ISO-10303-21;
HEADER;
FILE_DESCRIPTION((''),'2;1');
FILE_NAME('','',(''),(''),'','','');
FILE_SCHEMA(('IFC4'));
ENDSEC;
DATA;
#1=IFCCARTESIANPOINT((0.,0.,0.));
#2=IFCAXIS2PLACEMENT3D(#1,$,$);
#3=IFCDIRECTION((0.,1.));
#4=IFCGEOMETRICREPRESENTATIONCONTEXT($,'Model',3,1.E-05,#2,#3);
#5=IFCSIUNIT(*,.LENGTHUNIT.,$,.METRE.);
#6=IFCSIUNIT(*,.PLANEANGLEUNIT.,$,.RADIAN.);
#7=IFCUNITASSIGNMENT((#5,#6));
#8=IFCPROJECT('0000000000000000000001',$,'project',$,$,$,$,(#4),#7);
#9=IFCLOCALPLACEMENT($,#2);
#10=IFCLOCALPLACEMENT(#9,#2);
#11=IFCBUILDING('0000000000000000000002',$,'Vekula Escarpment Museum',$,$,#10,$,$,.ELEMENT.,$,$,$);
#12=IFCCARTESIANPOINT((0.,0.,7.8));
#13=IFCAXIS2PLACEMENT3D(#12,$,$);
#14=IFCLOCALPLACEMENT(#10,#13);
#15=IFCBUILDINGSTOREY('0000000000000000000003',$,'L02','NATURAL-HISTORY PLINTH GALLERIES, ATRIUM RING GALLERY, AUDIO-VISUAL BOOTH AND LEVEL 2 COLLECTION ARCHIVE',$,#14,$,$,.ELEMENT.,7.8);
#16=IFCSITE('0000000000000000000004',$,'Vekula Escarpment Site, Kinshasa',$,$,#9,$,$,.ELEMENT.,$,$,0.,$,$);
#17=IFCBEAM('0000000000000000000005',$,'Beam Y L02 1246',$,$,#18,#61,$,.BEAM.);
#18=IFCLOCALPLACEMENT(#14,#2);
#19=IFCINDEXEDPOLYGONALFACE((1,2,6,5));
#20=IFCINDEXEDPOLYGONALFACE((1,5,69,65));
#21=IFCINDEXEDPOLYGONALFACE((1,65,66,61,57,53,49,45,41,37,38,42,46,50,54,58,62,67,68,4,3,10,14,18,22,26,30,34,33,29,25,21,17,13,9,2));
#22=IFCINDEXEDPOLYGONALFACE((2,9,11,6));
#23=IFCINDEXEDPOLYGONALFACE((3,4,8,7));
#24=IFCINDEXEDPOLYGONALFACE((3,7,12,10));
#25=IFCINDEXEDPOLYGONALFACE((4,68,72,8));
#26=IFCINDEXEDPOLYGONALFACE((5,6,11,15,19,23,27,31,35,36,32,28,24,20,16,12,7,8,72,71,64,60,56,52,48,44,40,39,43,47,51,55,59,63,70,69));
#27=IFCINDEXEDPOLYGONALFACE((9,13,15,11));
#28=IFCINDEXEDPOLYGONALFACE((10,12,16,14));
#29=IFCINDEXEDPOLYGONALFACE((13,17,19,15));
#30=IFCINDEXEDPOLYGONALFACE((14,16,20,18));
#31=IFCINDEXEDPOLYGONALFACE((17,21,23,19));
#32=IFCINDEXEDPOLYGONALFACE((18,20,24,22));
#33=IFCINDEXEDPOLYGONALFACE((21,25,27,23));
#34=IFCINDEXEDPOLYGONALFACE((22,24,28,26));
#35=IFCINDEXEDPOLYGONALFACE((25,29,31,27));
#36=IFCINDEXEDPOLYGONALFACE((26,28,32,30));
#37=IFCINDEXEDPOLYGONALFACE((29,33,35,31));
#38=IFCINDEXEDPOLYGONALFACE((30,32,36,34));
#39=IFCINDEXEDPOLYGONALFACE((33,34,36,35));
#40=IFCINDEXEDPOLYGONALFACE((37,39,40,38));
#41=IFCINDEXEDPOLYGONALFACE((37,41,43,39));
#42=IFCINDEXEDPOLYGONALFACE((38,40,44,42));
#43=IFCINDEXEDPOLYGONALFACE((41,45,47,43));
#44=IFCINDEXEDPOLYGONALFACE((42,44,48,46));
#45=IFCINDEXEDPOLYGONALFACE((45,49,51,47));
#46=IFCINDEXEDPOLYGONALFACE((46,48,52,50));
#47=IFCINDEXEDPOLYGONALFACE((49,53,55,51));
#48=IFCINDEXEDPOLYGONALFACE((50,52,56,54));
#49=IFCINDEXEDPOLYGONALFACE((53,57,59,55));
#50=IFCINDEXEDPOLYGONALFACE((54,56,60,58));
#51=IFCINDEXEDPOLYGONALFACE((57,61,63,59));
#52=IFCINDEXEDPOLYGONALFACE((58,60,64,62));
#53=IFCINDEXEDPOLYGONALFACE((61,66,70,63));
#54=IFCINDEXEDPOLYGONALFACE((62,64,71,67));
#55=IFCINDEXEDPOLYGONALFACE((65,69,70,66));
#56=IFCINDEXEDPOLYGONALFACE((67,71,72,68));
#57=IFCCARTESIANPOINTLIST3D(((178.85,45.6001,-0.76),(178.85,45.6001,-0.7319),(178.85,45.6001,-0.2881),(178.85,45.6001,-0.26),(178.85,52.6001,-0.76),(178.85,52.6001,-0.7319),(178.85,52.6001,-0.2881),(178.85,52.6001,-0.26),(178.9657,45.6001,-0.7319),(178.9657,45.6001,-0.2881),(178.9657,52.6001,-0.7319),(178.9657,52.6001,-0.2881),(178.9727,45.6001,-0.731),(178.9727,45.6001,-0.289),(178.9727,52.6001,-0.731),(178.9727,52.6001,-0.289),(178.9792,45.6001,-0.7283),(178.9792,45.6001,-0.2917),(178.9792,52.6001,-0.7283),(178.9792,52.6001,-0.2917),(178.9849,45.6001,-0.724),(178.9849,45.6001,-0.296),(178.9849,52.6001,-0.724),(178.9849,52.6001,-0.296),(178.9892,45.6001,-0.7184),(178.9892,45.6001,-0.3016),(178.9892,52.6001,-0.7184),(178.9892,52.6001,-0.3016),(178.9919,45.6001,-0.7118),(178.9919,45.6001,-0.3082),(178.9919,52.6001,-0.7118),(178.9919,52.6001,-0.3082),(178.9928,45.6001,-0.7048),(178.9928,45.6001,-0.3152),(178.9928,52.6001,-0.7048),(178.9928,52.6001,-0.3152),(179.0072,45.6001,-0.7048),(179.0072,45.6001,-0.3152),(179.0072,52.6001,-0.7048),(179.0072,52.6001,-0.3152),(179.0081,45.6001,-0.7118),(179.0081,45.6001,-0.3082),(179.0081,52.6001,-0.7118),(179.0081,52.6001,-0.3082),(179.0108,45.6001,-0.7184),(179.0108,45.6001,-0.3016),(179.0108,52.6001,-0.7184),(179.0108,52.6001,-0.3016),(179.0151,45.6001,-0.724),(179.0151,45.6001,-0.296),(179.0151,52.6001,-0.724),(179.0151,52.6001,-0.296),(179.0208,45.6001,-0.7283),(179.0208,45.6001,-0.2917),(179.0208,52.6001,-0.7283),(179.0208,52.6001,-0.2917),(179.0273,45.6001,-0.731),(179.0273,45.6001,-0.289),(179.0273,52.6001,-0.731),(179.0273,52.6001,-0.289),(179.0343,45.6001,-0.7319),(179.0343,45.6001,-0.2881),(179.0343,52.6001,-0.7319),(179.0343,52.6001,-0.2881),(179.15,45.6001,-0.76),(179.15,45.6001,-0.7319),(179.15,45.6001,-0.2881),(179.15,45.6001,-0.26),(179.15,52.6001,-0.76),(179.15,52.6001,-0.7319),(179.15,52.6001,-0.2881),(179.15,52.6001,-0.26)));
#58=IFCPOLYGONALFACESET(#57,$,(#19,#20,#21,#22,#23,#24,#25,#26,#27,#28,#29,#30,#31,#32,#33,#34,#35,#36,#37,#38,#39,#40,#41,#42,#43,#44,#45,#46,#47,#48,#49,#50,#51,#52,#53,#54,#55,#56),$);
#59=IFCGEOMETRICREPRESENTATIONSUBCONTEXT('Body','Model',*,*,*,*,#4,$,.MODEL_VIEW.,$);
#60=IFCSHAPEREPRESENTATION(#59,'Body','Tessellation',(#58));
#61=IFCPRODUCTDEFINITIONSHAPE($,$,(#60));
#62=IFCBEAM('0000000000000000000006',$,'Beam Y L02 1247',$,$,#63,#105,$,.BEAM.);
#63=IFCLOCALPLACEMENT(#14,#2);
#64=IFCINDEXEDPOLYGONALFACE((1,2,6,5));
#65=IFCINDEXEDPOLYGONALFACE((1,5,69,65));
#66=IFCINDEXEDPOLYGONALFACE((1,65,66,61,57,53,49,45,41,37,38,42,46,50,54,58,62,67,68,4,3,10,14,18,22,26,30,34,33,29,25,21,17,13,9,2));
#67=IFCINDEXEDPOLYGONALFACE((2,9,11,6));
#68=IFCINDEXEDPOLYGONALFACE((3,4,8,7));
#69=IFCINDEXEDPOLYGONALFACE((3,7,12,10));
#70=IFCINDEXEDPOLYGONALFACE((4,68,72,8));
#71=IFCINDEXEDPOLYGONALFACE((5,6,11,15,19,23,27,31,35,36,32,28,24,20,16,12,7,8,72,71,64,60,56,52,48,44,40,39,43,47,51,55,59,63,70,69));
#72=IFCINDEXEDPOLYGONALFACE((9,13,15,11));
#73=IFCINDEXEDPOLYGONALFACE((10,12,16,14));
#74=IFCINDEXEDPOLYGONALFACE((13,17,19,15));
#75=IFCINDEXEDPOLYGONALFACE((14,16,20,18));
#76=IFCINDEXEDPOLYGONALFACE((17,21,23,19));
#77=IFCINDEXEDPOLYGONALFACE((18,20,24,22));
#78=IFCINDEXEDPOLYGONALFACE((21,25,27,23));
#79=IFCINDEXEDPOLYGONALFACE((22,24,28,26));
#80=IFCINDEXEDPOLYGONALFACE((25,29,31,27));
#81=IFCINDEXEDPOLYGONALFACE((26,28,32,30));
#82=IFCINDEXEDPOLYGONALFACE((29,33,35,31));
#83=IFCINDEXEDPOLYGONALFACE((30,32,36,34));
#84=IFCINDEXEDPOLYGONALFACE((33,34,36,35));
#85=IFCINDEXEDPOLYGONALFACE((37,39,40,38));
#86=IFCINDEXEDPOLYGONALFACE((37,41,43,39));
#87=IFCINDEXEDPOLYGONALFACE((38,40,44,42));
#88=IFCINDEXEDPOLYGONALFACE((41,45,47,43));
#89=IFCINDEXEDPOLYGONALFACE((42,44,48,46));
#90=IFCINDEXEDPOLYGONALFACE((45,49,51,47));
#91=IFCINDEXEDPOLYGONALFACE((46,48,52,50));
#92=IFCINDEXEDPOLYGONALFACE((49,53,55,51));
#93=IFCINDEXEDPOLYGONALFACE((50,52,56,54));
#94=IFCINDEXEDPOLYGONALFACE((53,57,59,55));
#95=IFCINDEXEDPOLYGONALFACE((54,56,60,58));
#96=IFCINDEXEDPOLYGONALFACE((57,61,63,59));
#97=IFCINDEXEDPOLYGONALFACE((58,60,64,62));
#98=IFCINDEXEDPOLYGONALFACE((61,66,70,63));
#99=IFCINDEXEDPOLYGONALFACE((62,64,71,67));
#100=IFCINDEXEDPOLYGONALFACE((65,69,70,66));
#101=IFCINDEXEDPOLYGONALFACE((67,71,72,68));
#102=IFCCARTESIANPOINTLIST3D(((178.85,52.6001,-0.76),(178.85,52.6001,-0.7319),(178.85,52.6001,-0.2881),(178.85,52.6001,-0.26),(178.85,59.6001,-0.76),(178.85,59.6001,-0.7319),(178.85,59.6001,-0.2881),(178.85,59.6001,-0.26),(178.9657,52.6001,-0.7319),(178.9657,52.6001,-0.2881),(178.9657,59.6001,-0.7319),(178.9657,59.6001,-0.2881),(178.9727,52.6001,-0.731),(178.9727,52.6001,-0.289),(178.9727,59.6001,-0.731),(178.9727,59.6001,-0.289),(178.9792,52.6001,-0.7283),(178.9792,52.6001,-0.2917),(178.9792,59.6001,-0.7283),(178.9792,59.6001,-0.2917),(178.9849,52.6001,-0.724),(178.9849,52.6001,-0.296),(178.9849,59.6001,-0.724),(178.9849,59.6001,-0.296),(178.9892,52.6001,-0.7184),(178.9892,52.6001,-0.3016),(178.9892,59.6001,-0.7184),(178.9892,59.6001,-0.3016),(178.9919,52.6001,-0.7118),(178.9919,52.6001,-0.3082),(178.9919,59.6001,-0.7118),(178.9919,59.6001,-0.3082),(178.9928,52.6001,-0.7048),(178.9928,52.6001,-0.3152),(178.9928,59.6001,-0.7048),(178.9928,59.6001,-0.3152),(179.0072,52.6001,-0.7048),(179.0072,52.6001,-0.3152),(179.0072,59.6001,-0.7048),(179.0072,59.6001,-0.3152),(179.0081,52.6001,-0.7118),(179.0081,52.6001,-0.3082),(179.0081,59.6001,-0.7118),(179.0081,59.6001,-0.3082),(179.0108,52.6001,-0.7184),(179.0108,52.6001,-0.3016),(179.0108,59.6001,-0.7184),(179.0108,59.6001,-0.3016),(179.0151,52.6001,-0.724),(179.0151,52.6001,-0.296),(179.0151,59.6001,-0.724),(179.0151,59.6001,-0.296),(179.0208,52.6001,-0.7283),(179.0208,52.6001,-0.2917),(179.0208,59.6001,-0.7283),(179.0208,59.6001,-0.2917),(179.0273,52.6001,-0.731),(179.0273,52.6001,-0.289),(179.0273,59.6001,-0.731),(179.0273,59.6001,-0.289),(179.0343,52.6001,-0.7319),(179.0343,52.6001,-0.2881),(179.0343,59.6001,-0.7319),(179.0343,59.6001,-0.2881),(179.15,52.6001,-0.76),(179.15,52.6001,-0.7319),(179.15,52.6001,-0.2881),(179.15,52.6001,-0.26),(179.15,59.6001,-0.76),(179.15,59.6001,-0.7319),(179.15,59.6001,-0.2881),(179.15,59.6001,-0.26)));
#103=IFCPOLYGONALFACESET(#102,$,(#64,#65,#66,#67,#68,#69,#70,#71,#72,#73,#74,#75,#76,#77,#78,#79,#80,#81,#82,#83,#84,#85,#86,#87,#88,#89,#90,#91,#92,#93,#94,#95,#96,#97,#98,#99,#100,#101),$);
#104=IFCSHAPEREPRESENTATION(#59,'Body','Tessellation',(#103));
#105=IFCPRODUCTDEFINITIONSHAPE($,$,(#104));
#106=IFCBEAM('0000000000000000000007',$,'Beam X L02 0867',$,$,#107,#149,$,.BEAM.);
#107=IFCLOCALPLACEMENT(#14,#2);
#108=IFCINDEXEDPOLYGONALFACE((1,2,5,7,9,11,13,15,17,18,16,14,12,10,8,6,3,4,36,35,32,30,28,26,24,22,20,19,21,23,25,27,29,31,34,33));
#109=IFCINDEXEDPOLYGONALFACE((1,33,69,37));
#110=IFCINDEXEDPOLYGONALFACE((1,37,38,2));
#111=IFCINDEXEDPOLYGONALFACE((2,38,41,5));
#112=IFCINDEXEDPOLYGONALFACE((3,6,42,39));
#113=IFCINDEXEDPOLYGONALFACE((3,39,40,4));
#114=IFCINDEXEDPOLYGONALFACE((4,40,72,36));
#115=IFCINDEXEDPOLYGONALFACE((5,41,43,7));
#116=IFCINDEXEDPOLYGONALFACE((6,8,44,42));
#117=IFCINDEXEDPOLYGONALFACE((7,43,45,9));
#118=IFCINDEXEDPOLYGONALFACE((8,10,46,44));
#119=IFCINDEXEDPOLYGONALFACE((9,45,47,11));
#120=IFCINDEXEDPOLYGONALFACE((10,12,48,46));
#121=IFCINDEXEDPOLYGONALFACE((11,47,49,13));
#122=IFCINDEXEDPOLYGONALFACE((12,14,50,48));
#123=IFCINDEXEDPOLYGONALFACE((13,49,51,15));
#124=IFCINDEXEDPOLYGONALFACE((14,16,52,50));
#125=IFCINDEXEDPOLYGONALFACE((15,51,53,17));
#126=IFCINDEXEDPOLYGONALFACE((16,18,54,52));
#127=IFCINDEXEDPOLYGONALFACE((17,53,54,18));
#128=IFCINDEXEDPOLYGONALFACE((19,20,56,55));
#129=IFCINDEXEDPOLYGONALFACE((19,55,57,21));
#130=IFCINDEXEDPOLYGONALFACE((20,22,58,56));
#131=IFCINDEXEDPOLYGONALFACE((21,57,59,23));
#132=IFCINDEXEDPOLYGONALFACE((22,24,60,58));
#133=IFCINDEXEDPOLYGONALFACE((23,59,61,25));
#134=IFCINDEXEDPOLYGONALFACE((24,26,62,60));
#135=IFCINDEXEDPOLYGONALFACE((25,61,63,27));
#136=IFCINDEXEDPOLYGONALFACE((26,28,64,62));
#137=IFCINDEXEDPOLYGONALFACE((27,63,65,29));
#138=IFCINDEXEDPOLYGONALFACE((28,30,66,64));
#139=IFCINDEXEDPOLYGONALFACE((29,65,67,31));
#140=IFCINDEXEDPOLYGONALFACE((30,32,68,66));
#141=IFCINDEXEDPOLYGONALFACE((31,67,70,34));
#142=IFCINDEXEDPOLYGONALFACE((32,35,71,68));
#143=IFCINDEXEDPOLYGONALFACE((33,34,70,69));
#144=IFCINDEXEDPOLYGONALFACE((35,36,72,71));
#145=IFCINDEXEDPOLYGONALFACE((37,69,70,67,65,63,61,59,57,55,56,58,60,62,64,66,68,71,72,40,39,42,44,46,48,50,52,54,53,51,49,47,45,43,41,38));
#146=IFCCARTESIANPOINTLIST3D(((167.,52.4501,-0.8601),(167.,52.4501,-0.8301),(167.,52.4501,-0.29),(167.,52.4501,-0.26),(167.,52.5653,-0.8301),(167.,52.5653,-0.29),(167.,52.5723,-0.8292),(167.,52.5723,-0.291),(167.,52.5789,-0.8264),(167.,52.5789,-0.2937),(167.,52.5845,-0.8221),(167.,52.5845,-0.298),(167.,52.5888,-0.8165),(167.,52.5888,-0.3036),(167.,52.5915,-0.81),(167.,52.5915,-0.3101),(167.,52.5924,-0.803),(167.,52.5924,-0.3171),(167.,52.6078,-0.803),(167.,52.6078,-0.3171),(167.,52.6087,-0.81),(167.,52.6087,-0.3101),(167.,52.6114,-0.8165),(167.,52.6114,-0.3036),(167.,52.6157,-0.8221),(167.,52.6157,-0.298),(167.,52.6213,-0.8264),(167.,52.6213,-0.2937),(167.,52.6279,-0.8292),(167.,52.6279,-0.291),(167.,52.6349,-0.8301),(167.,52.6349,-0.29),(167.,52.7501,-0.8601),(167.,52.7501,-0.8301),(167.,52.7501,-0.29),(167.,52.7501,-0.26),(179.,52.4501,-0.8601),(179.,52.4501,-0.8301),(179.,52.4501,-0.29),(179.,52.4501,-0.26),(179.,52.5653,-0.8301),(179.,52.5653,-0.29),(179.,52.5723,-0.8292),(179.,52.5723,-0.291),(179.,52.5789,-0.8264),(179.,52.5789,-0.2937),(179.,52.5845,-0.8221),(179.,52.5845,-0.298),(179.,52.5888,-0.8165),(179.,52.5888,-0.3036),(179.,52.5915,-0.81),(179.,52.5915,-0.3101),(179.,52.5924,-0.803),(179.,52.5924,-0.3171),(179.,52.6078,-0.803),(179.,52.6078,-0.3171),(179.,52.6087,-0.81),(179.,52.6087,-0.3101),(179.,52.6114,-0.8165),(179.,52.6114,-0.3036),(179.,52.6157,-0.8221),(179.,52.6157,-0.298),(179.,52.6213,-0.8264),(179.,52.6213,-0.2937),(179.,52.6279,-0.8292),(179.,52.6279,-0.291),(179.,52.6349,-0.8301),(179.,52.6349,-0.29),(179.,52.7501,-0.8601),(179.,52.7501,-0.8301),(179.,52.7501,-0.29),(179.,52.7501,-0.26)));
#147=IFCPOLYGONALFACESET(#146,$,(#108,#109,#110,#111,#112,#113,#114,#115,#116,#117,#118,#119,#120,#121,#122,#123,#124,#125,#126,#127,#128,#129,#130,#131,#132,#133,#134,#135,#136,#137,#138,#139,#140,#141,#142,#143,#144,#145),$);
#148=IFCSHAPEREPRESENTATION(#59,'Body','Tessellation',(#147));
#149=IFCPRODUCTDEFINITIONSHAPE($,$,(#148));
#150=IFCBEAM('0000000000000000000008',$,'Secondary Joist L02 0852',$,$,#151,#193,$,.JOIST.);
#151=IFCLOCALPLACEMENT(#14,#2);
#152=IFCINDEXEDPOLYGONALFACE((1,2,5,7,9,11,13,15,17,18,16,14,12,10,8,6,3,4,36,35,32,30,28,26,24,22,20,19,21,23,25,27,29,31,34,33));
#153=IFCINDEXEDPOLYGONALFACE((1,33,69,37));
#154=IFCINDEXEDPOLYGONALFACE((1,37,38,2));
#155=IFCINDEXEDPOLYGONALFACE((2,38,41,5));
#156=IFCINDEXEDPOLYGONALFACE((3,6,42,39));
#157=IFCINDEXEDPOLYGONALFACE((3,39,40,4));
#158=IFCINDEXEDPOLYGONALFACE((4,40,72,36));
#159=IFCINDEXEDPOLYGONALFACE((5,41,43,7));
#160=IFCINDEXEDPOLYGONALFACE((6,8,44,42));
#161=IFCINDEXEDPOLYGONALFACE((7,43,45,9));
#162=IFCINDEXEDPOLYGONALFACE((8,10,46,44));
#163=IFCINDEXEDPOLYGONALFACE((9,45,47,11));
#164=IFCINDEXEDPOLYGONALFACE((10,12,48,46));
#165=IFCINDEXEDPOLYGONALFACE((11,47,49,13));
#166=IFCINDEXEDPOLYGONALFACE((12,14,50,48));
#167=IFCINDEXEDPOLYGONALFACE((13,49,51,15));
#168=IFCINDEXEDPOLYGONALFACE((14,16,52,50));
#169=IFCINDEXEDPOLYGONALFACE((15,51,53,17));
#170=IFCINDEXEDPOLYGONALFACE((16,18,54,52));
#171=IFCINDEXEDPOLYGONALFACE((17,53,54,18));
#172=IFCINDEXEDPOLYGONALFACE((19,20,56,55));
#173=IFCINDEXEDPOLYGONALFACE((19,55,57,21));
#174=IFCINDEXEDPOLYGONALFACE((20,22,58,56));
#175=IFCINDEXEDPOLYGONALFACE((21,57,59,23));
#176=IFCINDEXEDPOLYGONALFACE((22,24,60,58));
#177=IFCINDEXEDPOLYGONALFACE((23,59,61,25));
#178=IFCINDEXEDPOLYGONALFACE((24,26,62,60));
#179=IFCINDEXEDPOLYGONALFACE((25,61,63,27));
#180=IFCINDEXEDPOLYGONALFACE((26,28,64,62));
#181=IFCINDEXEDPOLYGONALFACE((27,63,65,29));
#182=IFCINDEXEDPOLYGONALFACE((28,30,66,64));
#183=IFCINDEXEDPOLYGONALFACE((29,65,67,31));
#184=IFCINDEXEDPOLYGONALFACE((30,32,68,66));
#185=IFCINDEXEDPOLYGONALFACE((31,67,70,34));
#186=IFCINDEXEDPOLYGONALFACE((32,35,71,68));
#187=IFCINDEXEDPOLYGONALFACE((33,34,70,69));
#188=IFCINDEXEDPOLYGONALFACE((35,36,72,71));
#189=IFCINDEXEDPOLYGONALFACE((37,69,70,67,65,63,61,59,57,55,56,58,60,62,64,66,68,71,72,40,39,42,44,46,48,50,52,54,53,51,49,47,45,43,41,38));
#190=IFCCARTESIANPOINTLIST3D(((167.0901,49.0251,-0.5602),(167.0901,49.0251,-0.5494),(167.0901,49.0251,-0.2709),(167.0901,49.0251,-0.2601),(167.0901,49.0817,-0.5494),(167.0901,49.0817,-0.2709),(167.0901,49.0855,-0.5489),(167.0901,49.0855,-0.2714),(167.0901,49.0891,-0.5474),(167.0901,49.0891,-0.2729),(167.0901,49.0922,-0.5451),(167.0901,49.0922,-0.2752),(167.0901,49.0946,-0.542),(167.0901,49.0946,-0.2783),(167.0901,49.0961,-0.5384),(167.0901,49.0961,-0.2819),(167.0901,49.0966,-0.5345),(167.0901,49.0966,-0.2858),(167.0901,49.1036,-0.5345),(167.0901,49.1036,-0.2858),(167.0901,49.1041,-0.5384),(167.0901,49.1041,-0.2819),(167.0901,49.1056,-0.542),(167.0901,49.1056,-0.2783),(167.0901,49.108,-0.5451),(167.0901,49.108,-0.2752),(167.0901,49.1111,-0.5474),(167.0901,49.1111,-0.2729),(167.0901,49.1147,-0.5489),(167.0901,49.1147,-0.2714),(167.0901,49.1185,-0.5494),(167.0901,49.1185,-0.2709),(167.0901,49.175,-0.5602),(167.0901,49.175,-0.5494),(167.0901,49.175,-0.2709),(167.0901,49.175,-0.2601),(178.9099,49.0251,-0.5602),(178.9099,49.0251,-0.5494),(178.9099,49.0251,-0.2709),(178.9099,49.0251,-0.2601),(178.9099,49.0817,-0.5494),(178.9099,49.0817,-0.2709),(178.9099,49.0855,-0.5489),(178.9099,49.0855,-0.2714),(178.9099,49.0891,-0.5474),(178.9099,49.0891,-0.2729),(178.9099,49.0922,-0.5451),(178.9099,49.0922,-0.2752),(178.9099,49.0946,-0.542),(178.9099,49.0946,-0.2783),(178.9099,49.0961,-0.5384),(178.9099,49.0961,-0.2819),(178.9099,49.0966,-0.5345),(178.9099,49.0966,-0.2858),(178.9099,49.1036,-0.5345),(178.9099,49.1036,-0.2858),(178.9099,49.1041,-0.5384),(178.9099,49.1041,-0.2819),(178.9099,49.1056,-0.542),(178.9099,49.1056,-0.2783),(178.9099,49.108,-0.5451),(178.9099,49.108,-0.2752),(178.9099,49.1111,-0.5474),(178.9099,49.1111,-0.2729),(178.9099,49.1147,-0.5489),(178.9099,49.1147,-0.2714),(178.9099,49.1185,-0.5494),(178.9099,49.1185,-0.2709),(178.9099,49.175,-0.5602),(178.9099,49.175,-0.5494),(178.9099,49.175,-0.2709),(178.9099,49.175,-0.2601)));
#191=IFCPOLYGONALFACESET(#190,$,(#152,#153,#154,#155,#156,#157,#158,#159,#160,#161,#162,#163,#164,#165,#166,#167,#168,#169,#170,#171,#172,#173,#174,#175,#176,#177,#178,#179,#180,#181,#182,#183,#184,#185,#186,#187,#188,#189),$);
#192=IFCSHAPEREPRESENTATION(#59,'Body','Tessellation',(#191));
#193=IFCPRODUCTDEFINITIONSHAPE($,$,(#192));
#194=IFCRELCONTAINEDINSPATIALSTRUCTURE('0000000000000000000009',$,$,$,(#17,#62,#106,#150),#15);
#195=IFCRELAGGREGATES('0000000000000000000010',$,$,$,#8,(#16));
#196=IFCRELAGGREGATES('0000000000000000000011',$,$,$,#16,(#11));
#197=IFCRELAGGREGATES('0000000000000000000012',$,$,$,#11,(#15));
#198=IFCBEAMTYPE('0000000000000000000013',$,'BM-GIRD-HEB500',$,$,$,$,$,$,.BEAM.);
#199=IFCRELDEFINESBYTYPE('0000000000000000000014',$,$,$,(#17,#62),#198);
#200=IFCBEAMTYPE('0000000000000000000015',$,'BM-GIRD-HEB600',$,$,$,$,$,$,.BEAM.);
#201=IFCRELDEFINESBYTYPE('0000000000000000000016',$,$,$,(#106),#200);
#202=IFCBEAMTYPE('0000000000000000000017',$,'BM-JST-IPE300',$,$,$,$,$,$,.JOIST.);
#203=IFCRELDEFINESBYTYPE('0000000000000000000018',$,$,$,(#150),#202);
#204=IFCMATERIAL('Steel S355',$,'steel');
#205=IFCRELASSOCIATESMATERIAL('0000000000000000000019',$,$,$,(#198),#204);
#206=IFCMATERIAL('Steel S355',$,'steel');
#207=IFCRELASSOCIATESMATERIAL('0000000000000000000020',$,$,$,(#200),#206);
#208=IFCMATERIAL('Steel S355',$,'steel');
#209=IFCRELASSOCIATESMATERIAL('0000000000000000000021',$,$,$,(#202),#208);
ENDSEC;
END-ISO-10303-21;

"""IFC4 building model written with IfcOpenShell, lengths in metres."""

from ifc_helpers import new_model, si_unit, direction, frame, origin, origin_2d, place, context, subcontext, project, spatial, i_section, extrude, material, material_profile, profile_set, type_object, element, save


model = new_model("IFC4")

# Units and contexts
model_context = context("Model", 3, precision=1e-05, world=origin(), true_north=direction((0.0, 1.0)))
body_context = subcontext(model_context, "Body", "Model", "MODEL_VIEW")
ifc_project = project(units=[si_unit("LENGTHUNIT", "METRE"), si_unit("PLANEANGLEUNIT", "RADIAN")], contexts=[model_context])

# Site, building, storey
site_placement = place(None, origin())
site = spatial("IfcSite", under=ifc_project, at=site_placement, Name="Vekula Escarpment Site, Kinshasa", CompositionType="ELEMENT", RefElevation=0.0)
building_placement = place(site_placement, origin())
building = spatial("IfcBuilding", under=site, at=building_placement, Name="Vekula Escarpment Museum", CompositionType="ELEMENT")
storey_placement = place(building_placement, frame((0.0, 0.0, 7.8)))
storey = spatial("IfcBuildingStorey", under=building, at=storey_placement, Name="L02", Description="NATURAL-HISTORY PLINTH GALLERIES, ATRIUM RING GALLERY, AUDIO-VISUAL BOOTH AND LEVEL 2 COLLECTION ARCHIVE", CompositionType="ELEMENT", Elevation=7.8)

# Beams
ifc_material_1 = material(Name="Steel S355", Category="steel")
ifc_material_profile_1 = material_profile(ifc_material_1, i_section(OverallWidth=0.3, OverallDepth=0.5, WebThickness=0.0144, FlangeThickness=0.0281, FilletRadius=0.0271, at=origin_2d()), Name="HEB 500")
ifc_profile_set_1 = profile_set([ifc_material_profile_1], Name="Steel S355")
beam_type_1 = type_object("IfcBeamType", Name="BM-GIRD-HEB500", PredefinedType="BEAM", material=ifc_profile_set_1)
for number, where, z_axis, x_axis, name in (
    (1, (179.0, 45.6001, -0.51), (0.0, 1.0, 0.0), (-1.0, 0.0, 0.0), "Beam Y L02 1246"),
    (2, (179.0, 52.6001, -0.51), (0.0, 1.0, 0.0), (-1.0, 0.0, 0.0), "Beam Y L02 1247"),
):
    element("IfcBeam", number, at=place(storey_placement, frame(where, z_axis=z_axis, x_axis=x_axis)), inside=storey, type_object=beam_type_1, Name=name, PredefinedType="BEAM", context=body_context, shape_type="SweptSolid", body=[
        extrude(i_section(OverallWidth=0.3, OverallDepth=0.5, WebThickness=0.0144, FlangeThickness=0.0281, FilletRadius=0.0271, at=origin_2d()), origin(), (0.0, 0.0, 1.0), 7.0),
    ])
ifc_material_2 = material(Name="Steel S355", Category="steel")
ifc_material_profile_2 = material_profile(ifc_material_2, i_section(OverallWidth=0.3, OverallDepth=0.6001, WebThickness=0.0154, FlangeThickness=0.03, FilletRadius=0.0271, at=origin_2d()), Name="HEB 600")
ifc_profile_set_2 = profile_set([ifc_material_profile_2], Name="Steel S355")
beam_type_2 = type_object("IfcBeamType", Name="BM-GIRD-HEB600", PredefinedType="BEAM", material=ifc_profile_set_2)
beam_1_placement = place(storey_placement, frame((167.0, 52.6001, -0.5601), z_axis=(1.0, 0.0, 0.0), x_axis=(0.0, 1.0, 0.0)))
element("IfcBeam", 3, at=beam_1_placement, inside=storey, type_object=beam_type_2, Name="Beam X L02 0867", PredefinedType="BEAM", context=body_context, shape_type="SweptSolid", body=[
    extrude(i_section(OverallWidth=0.3, OverallDepth=0.6001, WebThickness=0.0154, FlangeThickness=0.03, FilletRadius=0.0271, at=origin_2d()), origin(), (0.0, 0.0, 1.0), 12.0),
])
ifc_material_3 = material(Name="Steel S355", Category="steel")
ifc_material_profile_3 = material_profile(ifc_material_3, i_section(OverallWidth=0.1499, OverallDepth=0.3, WebThickness=0.0071, FlangeThickness=0.0107, FilletRadius=0.0149, at=origin_2d()), Name="IPE 300")
ifc_profile_set_3 = profile_set([ifc_material_profile_3], Name="Steel S355")
beam_type_3 = type_object("IfcBeamType", Name="BM-JST-IPE300", PredefinedType="JOIST", material=ifc_profile_set_3)
beam_2_placement = place(storey_placement, frame((167.0901, 49.1001, -0.4102), z_axis=(1.0, 0.0, 0.0), x_axis=(0.0, 1.0, 0.0)))
element("IfcBeam", 4, at=beam_2_placement, inside=storey, type_object=beam_type_3, Name="Secondary Joist L02 0852", PredefinedType="JOIST", context=body_context, shape_type="SweptSolid", body=[
    extrude(i_section(OverallWidth=0.1499, OverallDepth=0.3, WebThickness=0.0071, FlangeThickness=0.0107, FilletRadius=0.0149, at=origin_2d()), origin(), (0.0, 0.0, 1.0), 11.8198),
])

save(model, "model.ifc")
